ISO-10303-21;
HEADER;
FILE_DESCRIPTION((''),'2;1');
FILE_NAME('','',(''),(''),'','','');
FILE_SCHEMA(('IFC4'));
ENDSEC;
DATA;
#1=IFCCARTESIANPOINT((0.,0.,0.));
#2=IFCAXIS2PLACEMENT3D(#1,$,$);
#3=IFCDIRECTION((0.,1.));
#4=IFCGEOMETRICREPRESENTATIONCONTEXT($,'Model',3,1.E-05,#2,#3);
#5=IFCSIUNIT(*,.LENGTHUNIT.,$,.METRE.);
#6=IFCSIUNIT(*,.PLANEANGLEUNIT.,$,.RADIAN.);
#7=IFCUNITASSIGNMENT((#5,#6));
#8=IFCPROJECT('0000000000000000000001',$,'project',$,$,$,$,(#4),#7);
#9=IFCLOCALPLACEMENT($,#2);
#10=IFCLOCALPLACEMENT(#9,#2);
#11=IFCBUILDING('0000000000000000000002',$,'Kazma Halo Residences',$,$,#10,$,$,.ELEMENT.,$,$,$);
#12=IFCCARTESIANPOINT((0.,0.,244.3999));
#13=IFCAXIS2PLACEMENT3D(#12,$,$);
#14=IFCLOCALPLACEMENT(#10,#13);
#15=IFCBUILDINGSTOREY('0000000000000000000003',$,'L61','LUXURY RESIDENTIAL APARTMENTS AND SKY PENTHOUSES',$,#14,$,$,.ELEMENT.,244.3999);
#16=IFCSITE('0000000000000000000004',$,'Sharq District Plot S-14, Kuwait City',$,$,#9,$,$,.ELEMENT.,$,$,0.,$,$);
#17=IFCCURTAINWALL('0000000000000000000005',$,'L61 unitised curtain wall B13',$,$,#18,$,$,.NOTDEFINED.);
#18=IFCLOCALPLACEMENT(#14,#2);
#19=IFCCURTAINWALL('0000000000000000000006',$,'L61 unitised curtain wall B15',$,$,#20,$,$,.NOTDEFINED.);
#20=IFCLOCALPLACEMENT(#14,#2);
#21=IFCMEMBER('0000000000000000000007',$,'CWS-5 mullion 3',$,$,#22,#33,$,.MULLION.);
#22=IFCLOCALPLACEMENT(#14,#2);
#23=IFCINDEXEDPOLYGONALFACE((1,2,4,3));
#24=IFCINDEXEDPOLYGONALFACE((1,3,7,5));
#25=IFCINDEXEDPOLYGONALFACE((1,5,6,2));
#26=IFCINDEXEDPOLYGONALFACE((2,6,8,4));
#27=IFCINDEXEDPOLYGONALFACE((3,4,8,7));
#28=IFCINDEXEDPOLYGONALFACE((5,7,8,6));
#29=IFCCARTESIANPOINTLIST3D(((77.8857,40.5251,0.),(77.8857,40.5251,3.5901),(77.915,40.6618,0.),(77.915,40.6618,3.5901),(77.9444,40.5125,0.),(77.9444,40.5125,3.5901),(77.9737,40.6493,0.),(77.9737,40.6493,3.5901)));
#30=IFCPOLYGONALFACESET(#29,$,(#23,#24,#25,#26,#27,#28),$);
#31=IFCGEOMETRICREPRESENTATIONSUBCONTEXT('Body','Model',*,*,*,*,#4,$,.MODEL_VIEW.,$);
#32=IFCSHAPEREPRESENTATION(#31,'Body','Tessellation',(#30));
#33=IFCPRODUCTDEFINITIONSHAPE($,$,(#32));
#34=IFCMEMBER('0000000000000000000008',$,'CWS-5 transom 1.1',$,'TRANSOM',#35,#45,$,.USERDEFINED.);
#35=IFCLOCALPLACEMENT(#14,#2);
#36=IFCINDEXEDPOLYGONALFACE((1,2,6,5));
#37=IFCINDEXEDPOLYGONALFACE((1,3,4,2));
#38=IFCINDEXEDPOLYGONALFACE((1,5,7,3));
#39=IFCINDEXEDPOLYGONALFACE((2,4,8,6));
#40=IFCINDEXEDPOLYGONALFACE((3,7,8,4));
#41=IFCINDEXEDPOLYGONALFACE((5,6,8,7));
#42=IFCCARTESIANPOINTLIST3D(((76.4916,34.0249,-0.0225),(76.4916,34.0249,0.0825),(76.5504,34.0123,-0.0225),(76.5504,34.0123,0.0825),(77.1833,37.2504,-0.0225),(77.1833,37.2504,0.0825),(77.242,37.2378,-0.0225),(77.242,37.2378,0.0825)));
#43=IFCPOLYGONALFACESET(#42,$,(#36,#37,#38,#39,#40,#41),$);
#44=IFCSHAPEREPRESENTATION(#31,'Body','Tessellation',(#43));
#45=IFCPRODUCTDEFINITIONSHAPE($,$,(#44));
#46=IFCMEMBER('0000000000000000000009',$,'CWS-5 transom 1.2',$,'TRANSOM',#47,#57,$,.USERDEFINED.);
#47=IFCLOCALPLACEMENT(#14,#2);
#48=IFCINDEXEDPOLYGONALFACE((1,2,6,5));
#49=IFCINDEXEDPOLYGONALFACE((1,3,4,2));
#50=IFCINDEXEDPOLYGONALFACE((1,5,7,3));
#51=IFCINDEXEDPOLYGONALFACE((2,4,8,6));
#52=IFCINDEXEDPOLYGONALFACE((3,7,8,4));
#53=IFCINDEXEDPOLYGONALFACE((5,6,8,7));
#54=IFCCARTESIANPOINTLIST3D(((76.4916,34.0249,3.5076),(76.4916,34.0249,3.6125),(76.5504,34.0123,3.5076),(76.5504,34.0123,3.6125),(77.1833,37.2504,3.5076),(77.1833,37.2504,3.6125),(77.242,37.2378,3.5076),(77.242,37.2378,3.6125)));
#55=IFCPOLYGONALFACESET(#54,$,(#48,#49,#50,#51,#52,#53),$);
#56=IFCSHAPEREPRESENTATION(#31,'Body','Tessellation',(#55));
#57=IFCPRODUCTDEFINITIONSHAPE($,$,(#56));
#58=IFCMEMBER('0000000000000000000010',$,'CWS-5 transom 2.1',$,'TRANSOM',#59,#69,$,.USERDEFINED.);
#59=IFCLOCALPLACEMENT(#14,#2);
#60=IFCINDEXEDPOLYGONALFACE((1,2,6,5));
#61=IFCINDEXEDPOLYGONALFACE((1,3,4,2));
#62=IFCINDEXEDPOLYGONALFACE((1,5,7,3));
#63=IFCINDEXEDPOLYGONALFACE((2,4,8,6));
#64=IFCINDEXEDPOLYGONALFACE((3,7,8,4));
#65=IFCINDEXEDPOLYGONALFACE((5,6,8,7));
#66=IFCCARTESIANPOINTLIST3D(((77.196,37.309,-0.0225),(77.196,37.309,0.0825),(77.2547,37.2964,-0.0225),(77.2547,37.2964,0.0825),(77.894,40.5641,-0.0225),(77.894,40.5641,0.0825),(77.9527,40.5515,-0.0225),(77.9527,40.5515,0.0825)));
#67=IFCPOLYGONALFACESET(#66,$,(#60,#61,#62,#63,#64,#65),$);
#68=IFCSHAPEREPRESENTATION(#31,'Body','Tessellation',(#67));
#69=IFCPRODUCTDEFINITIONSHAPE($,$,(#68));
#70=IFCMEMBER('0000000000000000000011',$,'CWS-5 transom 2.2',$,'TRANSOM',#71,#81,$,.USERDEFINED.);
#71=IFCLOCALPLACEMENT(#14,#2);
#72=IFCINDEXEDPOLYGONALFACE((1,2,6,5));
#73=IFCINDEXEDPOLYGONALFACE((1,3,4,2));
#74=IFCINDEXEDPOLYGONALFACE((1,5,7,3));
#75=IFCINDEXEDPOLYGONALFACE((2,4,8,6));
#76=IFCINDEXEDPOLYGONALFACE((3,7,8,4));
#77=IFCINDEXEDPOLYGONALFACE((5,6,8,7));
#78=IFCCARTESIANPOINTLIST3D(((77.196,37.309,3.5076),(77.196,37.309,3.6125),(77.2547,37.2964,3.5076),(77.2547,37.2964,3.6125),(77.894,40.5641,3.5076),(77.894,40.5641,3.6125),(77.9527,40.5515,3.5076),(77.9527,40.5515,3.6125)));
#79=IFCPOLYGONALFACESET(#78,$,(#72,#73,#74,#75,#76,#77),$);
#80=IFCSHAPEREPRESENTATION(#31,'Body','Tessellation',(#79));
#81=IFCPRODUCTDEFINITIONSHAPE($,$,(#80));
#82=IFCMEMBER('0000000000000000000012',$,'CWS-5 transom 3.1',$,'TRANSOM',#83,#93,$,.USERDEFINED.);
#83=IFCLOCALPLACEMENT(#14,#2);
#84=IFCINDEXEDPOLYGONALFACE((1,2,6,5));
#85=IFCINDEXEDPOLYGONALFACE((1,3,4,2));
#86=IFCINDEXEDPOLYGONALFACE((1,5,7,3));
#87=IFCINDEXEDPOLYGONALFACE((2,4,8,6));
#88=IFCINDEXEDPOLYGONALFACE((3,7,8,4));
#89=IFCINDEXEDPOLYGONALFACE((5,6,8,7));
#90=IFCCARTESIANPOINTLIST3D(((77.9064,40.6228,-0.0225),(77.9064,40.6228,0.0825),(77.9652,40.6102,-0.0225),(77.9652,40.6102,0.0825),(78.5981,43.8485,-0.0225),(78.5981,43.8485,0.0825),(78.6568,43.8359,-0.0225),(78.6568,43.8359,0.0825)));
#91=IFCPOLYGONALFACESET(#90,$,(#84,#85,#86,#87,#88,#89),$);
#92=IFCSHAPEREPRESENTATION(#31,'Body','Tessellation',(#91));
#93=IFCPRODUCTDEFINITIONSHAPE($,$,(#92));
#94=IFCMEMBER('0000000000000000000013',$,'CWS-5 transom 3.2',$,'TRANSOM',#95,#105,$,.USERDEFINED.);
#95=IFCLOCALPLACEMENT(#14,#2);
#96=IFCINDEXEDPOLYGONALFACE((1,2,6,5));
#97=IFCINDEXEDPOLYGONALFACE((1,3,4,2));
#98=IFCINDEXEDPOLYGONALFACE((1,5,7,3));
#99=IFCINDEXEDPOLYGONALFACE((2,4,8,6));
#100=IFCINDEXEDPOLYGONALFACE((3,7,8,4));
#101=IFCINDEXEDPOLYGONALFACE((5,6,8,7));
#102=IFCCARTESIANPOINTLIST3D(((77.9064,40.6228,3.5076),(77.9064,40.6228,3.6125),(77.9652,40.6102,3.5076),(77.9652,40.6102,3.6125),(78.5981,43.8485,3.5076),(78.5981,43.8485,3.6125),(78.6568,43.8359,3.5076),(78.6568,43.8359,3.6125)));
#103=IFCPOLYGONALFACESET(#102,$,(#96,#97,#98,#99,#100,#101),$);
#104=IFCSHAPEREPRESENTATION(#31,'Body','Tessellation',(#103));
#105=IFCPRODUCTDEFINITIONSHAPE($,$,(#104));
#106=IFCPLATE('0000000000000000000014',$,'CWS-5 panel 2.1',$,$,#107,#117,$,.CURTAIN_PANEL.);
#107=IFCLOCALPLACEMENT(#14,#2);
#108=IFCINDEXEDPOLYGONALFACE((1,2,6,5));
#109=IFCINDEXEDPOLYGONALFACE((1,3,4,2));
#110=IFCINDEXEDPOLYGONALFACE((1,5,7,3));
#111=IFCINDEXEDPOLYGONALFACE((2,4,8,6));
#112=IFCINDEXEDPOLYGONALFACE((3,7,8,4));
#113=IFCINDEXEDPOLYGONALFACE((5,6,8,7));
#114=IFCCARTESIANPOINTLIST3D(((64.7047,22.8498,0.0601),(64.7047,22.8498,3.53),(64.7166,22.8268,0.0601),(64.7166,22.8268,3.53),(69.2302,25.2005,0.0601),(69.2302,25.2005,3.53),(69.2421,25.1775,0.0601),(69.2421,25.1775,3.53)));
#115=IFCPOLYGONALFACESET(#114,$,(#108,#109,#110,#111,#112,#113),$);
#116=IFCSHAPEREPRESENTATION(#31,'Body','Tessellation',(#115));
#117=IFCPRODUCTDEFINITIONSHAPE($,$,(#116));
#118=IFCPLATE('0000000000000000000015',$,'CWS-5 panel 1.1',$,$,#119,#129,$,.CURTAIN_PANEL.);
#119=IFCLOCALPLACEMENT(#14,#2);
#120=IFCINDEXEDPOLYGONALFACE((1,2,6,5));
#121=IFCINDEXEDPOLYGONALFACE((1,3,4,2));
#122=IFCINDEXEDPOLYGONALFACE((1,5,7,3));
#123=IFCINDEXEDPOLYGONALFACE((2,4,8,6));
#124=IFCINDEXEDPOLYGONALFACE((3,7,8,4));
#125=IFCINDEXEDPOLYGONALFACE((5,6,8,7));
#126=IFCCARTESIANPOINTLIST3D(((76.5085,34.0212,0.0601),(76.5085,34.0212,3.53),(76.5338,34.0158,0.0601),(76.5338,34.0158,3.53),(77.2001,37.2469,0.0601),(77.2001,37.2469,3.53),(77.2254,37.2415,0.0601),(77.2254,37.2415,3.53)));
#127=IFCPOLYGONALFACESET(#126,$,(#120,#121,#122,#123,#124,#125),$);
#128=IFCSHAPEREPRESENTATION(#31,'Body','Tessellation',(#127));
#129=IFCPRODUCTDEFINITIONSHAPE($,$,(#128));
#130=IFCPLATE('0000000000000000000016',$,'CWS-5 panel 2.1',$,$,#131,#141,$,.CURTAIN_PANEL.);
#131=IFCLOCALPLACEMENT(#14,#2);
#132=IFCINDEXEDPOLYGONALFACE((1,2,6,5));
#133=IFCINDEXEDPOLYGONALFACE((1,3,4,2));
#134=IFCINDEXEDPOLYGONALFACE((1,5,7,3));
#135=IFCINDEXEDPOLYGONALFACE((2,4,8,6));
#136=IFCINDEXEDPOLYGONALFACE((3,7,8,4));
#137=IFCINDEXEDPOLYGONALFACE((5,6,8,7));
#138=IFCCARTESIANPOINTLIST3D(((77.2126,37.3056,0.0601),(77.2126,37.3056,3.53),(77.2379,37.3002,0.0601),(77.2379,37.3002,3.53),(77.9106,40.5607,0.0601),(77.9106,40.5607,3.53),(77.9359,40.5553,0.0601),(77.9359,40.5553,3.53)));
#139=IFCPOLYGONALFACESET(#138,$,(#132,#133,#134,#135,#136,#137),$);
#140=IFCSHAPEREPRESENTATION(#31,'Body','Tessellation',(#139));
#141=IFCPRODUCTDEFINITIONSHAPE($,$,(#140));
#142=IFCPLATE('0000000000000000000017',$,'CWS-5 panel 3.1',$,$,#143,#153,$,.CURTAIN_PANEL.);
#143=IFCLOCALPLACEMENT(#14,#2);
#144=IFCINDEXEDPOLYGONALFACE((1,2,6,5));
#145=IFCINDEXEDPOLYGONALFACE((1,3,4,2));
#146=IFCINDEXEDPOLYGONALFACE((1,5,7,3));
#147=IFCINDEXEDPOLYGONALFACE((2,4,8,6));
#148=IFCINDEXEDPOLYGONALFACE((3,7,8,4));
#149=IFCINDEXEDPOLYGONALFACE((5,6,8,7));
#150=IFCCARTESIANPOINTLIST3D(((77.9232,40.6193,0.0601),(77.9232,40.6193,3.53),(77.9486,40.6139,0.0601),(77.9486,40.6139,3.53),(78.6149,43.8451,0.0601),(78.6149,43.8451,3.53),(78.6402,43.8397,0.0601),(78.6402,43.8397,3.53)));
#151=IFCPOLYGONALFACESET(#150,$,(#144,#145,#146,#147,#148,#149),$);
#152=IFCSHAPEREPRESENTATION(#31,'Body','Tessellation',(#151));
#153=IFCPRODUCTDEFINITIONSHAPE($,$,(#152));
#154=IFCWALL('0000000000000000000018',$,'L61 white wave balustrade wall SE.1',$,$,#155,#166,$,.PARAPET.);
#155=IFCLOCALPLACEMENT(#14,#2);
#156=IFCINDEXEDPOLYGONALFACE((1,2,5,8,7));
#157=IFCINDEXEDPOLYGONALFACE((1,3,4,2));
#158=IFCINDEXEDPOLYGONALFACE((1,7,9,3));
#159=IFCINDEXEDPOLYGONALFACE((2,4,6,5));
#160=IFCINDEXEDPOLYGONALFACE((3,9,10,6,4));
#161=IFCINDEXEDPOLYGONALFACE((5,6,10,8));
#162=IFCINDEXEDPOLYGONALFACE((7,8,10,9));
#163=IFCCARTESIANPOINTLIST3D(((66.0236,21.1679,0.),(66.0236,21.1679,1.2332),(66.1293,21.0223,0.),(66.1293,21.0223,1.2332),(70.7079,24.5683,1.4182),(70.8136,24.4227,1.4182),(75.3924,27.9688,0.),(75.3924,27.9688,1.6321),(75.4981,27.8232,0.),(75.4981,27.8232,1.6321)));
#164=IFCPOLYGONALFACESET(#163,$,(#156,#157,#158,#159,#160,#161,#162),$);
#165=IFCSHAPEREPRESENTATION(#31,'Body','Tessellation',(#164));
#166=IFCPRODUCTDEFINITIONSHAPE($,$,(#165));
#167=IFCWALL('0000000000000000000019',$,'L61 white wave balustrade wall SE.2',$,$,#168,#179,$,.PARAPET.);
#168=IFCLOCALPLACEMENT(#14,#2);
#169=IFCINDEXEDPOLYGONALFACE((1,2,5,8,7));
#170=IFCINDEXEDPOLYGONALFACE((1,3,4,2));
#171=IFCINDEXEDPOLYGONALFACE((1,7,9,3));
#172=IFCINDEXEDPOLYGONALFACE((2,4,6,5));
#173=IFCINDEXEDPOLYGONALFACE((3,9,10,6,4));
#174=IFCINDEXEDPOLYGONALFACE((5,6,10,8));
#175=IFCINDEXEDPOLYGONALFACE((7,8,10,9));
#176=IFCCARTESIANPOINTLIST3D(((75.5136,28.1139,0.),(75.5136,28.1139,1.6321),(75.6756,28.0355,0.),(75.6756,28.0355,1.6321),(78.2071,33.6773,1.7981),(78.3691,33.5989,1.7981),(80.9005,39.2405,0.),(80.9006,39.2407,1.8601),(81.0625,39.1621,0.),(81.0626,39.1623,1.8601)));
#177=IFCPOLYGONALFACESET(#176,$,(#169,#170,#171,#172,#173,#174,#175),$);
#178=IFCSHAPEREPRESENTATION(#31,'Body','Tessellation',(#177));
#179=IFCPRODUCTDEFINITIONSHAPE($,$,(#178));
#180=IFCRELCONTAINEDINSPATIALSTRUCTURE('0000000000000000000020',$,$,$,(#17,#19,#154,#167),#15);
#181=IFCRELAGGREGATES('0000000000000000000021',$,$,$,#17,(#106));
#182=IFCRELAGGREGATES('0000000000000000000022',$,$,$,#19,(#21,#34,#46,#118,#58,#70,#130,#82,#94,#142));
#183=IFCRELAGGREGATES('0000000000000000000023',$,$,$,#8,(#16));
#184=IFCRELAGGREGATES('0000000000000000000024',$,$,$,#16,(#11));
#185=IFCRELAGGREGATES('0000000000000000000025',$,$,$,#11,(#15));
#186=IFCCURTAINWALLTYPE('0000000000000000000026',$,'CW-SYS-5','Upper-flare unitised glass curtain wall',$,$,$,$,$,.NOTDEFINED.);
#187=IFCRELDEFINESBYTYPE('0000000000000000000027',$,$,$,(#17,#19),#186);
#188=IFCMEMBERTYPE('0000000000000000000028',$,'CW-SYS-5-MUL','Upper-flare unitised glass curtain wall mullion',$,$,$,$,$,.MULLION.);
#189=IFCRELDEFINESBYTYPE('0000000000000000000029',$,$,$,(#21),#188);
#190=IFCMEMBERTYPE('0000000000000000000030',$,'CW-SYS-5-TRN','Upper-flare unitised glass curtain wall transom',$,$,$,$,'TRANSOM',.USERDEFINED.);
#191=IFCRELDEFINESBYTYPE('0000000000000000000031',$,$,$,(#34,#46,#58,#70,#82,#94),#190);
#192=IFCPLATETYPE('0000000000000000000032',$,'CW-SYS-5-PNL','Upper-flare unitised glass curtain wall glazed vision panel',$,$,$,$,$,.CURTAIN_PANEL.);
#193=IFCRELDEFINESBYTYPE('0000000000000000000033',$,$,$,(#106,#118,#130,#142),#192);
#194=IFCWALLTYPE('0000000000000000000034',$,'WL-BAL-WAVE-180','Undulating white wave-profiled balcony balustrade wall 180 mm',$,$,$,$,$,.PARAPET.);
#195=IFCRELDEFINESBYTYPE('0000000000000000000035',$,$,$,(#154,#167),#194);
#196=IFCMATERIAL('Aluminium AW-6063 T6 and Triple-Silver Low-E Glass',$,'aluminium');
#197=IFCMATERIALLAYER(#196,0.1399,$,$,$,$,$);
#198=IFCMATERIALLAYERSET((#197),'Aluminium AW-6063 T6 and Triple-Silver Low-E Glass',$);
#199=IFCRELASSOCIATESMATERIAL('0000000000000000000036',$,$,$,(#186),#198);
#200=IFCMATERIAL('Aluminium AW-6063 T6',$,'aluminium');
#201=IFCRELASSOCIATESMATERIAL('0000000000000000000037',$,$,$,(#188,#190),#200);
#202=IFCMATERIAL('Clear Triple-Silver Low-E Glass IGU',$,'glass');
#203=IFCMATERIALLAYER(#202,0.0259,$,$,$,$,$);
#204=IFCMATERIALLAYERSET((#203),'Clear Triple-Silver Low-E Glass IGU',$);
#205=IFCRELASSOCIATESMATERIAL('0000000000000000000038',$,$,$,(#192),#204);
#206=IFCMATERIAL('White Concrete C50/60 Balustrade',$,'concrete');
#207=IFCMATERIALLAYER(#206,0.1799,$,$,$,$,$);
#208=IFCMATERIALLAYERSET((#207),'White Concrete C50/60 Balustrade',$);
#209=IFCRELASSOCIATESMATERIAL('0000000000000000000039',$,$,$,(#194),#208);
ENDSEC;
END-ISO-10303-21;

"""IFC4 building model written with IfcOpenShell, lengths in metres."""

from ifc_helpers import new_model, si_unit, direction, frame, origin, origin_2d, place, context, subcontext, project, spatial, polyline, rectangle, outline, extrude, material, layer, layer_set, material_profile, profile_set, type_object, element, aggregate, save


model = new_model("IFC4")

# Units and contexts
model_context = context("Model", 3, precision=1e-05, world=origin(), true_north=direction((0.0, 1.0)))
body_context = subcontext(model_context, "Body", "Model", "MODEL_VIEW")
ifc_project = project(units=[si_unit("LENGTHUNIT", "METRE"), si_unit("PLANEANGLEUNIT", "RADIAN")], contexts=[model_context])

# Site, building, storey
site_placement = place(None, origin())
site = spatial("IfcSite", under=ifc_project, at=site_placement, Name="Sharq District Plot S-14, Kuwait City", CompositionType="ELEMENT", RefElevation=0.0)
building_placement = place(site_placement, origin())
building = spatial("IfcBuilding", under=site, at=building_placement, Name="Kazma Halo Residences", CompositionType="ELEMENT")
storey_placement = place(building_placement, frame((0.0, 0.0, 244.3999)))
storey = spatial("IfcBuildingStorey", under=building, at=storey_placement, Name="L61", Description="LUXURY RESIDENTIAL APARTMENTS AND SKY PENTHOUSES", CompositionType="ELEMENT", Elevation=244.3999)

# Curtain wall
ifc_material_1 = material(Name="Aluminium AW-6063 T6 and Triple-Silver Low-E Glass", Category="aluminium")
ifc_layer_1 = layer(ifc_material_1, 0.1399)
ifc_layer_set_1 = layer_set([ifc_layer_1], Name="Aluminium AW-6063 T6 and Triple-Silver Low-E Glass")
curtain_wall_type = type_object("IfcCurtainWallType", Name="CW-SYS-5", Description="Upper-flare unitised glass curtain wall", PredefinedType="NOTDEFINED", material=ifc_layer_set_1)
curtain_wall_1_placement = place(storey_placement, origin())
curtain_wall_1 = element("IfcCurtainWall", 1, at=curtain_wall_1_placement, inside=storey, type_object=curtain_wall_type, Name="L61 unitised curtain wall B13", PredefinedType="NOTDEFINED")
ifc_material_2 = material(Name="Aluminium AW-6063 T6", Category="aluminium")
ifc_material_profile_1 = material_profile(ifc_material_2, rectangle(XDim=0.0601, YDim=0.1399, at=origin_2d()), Name="CWM-60x140")
ifc_profile_set_1 = profile_set([ifc_material_profile_1], Name="Aluminium AW-6063 T6")
member_type_1 = type_object("IfcMemberType", Name="CW-SYS-5-MUL", Description="Upper-flare unitised glass curtain wall mullion", PredefinedType="MULLION", material=ifc_profile_set_1)

# Curtain wall, members
curtain_wall_2_placement = place(storey_placement, origin())
curtain_wall_2 = element("IfcCurtainWall", 2, at=curtain_wall_2_placement, inside=storey, type_object=curtain_wall_type, Name="L61 unitised curtain wall B15", PredefinedType="NOTDEFINED")
member_1_placement = place(storey_placement, frame((77.9297, 40.5872, 0.0), z_axis=(0.0, 0.0, 1.0), x_axis=(-0.977775, 0.209657, 0.0)))
member_1 = element("IfcMember", 3, at=member_1_placement, type_object=member_type_1, Name="CWS-5 mullion 3", PredefinedType="MULLION", context=body_context, shape_type="SweptSolid", body=[
    extrude(rectangle(XDim=0.0601, YDim=0.1399, at=origin_2d()), origin(), (0.0, 0.0, 1.0), 3.5901),
])
ifc_material_profile_2 = material_profile(ifc_material_2, rectangle(XDim=0.0601, YDim=0.105, at=origin_2d()), Name="CWT-60x105")
ifc_profile_set_2 = profile_set([ifc_material_profile_2], Name="Aluminium AW-6063 T6")
member_type_2 = type_object("IfcMemberType", Name="CW-SYS-5-TRN", Description="Upper-flare unitised glass curtain wall transom", ElementType="TRANSOM", PredefinedType="USERDEFINED", material=ifc_profile_set_2)
member_2_placement = place(storey_placement, frame((76.521, 34.0186, 0.03), z_axis=(0.20966, 0.977774, 0.0), x_axis=(-0.977774, 0.20966, 0.0)))
member_2 = element("IfcMember", 4, at=member_2_placement, type_object=member_type_2, Name="CWS-5 transom 1.1", ObjectType="TRANSOM", PredefinedType="USERDEFINED", context=body_context, shape_type="SweptSolid", body=[
    extrude(rectangle(XDim=0.0601, YDim=0.105, at=origin_2d()), origin(), (0.0, 0.0, 1.0), 3.2988),
])
member_3_placement = place(storey_placement, frame((76.521, 34.0186, 3.5601), z_axis=(0.20966, 0.977774, 0.0), x_axis=(-0.977774, 0.20966, 0.0)))
member_3 = element("IfcMember", 5, at=member_3_placement, type_object=member_type_2, Name="CWS-5 transom 1.2", ObjectType="TRANSOM", PredefinedType="USERDEFINED", context=body_context, shape_type="SweptSolid", body=[
    extrude(rectangle(XDim=0.0601, YDim=0.105, at=origin_2d()), origin(), (0.0, 0.0, 1.0), 3.2988),
])
member_4_placement = place(storey_placement, frame((77.2253, 37.3027, 0.03), z_axis=(0.209664, 0.977773, 0.0), x_axis=(-0.977773, 0.209664, 0.0)))
member_4 = element("IfcMember", 6, at=member_4_placement, type_object=member_type_2, Name="CWS-5 transom 2.1", ObjectType="TRANSOM", PredefinedType="USERDEFINED", context=body_context, shape_type="SweptSolid", body=[
    extrude(rectangle(XDim=0.0601, YDim=0.105, at=origin_2d()), origin(), (0.0, 0.0, 1.0), 3.3291),
])
member_5_placement = place(storey_placement, frame((77.2253, 37.3027, 3.5601), z_axis=(0.209664, 0.977773, 0.0), x_axis=(-0.977773, 0.209664, 0.0)))
member_5 = element("IfcMember", 7, at=member_5_placement, type_object=member_type_2, Name="CWS-5 transom 2.2", ObjectType="TRANSOM", PredefinedType="USERDEFINED", context=body_context, shape_type="SweptSolid", body=[
    extrude(rectangle(XDim=0.0601, YDim=0.105, at=origin_2d()), origin(), (0.0, 0.0, 1.0), 3.3291),
])
member_6_placement = place(storey_placement, frame((77.9358, 40.6165, 0.03), z_axis=(0.209645, 0.977777, 0.0), x_axis=(-0.977777, 0.209645, 0.0)))
member_6 = element("IfcMember", 8, at=member_6_placement, type_object=member_type_2, Name="CWS-5 transom 3.1", ObjectType="TRANSOM", PredefinedType="USERDEFINED", context=body_context, shape_type="SweptSolid", body=[
    extrude(rectangle(XDim=0.0601, YDim=0.105, at=origin_2d()), origin(), (0.0, 0.0, 1.0), 3.2991),
])
member_7_placement = place(storey_placement, frame((77.9358, 40.6165, 3.5601), z_axis=(0.209645, 0.977777, 0.0), x_axis=(-0.977777, 0.209645, 0.0)))
member_7 = element("IfcMember", 9, at=member_7_placement, type_object=member_type_2, Name="CWS-5 transom 3.2", ObjectType="TRANSOM", PredefinedType="USERDEFINED", context=body_context, shape_type="SweptSolid", body=[
    extrude(rectangle(XDim=0.0601, YDim=0.105, at=origin_2d()), origin(), (0.0, 0.0, 1.0), 3.2991),
])

# Plates
ifc_material_3 = material(Name="Clear Triple-Silver Low-E Glass IGU", Category="glass")
ifc_layer_2 = layer(ifc_material_3, 0.0259)
ifc_layer_set_2 = layer_set([ifc_layer_2], Name="Clear Triple-Silver Low-E Glass IGU")
plate_type = type_object("IfcPlateType", Name="CW-SYS-5-PNL", Description="Upper-flare unitised glass curtain wall glazed vision panel", PredefinedType="CURTAIN_PANEL", material=ifc_layer_set_2)
plate_1_placement = place(storey_placement, frame((66.9734, 24.0137, 0.0601), z_axis=(0.0, 0.0, 1.0), x_axis=(0.887421, 0.460961, 0.0)))
plate_1 = element("IfcPlate", 10, at=plate_1_placement, type_object=plate_type, Name="CWS-5 panel 2.1", PredefinedType="CURTAIN_PANEL", context=body_context, shape_type="SweptSolid", body=[
    extrude(rectangle(XDim=5.0996, YDim=0.0259, at=origin_2d()), origin(), (0.0, 0.0, 1.0), 3.47),
])
aggregate(curtain_wall_1, [plate_1])
plate_2_placement = place(storey_placement, frame((76.8669, 35.6313, 0.0601), z_axis=(0.0, 0.0, 1.0), x_axis=(0.209657, 0.977775, 0.0)))
plate_2 = element("IfcPlate", 11, at=plate_2_placement, type_object=plate_type, Name="CWS-5 panel 1.1", PredefinedType="CURTAIN_PANEL", context=body_context, shape_type="SweptSolid", body=[
    extrude(rectangle(XDim=3.2991, YDim=0.0259, at=origin_2d()), origin(), (0.0, 0.0, 1.0), 3.47),
])
plate_3_placement = place(storey_placement, frame((77.5742, 38.9304, 0.0601), z_axis=(0.0, 0.0, 1.0), x_axis=(0.209657, 0.977775, 0.0)))
plate_3 = element("IfcPlate", 12, at=plate_3_placement, type_object=plate_type, Name="CWS-5 panel 2.1", PredefinedType="CURTAIN_PANEL", context=body_context, shape_type="SweptSolid", body=[
    extrude(rectangle(XDim=3.3291, YDim=0.0259, at=origin_2d()), origin(), (0.0, 0.0, 1.0), 3.47),
])
plate_4_placement = place(storey_placement, frame((78.2817, 42.2295, 0.0601), z_axis=(0.0, 0.0, 1.0), x_axis=(0.209657, 0.977775, 0.0)))
plate_4 = element("IfcPlate", 13, at=plate_4_placement, type_object=plate_type, Name="CWS-5 panel 3.1", PredefinedType="CURTAIN_PANEL", context=body_context, shape_type="SweptSolid", body=[
    extrude(rectangle(XDim=3.2991, YDim=0.0259, at=origin_2d()), origin(), (0.0, 0.0, 1.0), 3.47),
])
aggregate(curtain_wall_2, [member_1, member_2, member_3, plate_2, member_4, member_5, plate_3, member_6, member_7, plate_4])

# Walls
ifc_material_4 = material(Name="White Concrete C50/60 Balustrade", Category="concrete")
ifc_layer_3 = layer(ifc_material_4, 0.1799)
ifc_layer_set_3 = layer_set([ifc_layer_3], Name="White Concrete C50/60 Balustrade")
wall_type_1 = type_object("IfcWallType", Name="WL-BAL-WAVE-180", Description="Undulating white wave-profiled balcony balustrade wall 180 mm", PredefinedType="PARAPET", material=ifc_layer_set_3)
wall_1_placement = place(storey_placement, frame((66.0764, 21.0952, 0.0), z_axis=(0.0, 0.0, 1.0), x_axis=(0.809261, 0.587449, 0.0)))
element("IfcWall", 14, at=wall_1_placement, inside=storey, type_object=wall_type_1, Name="L61 white wave balustrade wall SE.1", PredefinedType="PARAPET", context=body_context, shape_type="SweptSolid", body=[
    extrude(outline(polyline([(0.0, 0.0), (11.5769, 0.0), (11.5769, 1.6321), (5.7883, 1.4182), (0.0, 1.2332), (0.0, 0.0)])), frame((0.0, 0.0898, 0.0), z_axis=(0.0, -1.0, 0.0), x_axis=(1.0, 0.0, 0.0)), (0.0, 0.0, 1.0), 0.1799),
])
wall_2_placement = place(storey_placement, frame((75.5945, 28.0747, 0.0), z_axis=(0.0, 0.0, 1.0), x_axis=(0.435762, 0.900062, 0.0)))
element("IfcWall", 15, at=wall_2_placement, inside=storey, type_object=wall_type_1, Name="L61 white wave balustrade wall SE.2", PredefinedType="PARAPET", context=body_context, shape_type="SweptSolid", body=[
    extrude(outline(polyline([(0.0, 0.0), (12.3621, 0.0), (12.3623, 1.8601), (6.1812, 1.7981), (0.0, 1.6321), (0.0, 0.0)])), frame((0.0, 0.0898, 0.0), z_axis=(0.0, -1.0, 0.0), x_axis=(1.0, 0.0, 0.0)), (0.0, 0.0, 1.0), 0.1799),
])

save(model, "model.ifc")
